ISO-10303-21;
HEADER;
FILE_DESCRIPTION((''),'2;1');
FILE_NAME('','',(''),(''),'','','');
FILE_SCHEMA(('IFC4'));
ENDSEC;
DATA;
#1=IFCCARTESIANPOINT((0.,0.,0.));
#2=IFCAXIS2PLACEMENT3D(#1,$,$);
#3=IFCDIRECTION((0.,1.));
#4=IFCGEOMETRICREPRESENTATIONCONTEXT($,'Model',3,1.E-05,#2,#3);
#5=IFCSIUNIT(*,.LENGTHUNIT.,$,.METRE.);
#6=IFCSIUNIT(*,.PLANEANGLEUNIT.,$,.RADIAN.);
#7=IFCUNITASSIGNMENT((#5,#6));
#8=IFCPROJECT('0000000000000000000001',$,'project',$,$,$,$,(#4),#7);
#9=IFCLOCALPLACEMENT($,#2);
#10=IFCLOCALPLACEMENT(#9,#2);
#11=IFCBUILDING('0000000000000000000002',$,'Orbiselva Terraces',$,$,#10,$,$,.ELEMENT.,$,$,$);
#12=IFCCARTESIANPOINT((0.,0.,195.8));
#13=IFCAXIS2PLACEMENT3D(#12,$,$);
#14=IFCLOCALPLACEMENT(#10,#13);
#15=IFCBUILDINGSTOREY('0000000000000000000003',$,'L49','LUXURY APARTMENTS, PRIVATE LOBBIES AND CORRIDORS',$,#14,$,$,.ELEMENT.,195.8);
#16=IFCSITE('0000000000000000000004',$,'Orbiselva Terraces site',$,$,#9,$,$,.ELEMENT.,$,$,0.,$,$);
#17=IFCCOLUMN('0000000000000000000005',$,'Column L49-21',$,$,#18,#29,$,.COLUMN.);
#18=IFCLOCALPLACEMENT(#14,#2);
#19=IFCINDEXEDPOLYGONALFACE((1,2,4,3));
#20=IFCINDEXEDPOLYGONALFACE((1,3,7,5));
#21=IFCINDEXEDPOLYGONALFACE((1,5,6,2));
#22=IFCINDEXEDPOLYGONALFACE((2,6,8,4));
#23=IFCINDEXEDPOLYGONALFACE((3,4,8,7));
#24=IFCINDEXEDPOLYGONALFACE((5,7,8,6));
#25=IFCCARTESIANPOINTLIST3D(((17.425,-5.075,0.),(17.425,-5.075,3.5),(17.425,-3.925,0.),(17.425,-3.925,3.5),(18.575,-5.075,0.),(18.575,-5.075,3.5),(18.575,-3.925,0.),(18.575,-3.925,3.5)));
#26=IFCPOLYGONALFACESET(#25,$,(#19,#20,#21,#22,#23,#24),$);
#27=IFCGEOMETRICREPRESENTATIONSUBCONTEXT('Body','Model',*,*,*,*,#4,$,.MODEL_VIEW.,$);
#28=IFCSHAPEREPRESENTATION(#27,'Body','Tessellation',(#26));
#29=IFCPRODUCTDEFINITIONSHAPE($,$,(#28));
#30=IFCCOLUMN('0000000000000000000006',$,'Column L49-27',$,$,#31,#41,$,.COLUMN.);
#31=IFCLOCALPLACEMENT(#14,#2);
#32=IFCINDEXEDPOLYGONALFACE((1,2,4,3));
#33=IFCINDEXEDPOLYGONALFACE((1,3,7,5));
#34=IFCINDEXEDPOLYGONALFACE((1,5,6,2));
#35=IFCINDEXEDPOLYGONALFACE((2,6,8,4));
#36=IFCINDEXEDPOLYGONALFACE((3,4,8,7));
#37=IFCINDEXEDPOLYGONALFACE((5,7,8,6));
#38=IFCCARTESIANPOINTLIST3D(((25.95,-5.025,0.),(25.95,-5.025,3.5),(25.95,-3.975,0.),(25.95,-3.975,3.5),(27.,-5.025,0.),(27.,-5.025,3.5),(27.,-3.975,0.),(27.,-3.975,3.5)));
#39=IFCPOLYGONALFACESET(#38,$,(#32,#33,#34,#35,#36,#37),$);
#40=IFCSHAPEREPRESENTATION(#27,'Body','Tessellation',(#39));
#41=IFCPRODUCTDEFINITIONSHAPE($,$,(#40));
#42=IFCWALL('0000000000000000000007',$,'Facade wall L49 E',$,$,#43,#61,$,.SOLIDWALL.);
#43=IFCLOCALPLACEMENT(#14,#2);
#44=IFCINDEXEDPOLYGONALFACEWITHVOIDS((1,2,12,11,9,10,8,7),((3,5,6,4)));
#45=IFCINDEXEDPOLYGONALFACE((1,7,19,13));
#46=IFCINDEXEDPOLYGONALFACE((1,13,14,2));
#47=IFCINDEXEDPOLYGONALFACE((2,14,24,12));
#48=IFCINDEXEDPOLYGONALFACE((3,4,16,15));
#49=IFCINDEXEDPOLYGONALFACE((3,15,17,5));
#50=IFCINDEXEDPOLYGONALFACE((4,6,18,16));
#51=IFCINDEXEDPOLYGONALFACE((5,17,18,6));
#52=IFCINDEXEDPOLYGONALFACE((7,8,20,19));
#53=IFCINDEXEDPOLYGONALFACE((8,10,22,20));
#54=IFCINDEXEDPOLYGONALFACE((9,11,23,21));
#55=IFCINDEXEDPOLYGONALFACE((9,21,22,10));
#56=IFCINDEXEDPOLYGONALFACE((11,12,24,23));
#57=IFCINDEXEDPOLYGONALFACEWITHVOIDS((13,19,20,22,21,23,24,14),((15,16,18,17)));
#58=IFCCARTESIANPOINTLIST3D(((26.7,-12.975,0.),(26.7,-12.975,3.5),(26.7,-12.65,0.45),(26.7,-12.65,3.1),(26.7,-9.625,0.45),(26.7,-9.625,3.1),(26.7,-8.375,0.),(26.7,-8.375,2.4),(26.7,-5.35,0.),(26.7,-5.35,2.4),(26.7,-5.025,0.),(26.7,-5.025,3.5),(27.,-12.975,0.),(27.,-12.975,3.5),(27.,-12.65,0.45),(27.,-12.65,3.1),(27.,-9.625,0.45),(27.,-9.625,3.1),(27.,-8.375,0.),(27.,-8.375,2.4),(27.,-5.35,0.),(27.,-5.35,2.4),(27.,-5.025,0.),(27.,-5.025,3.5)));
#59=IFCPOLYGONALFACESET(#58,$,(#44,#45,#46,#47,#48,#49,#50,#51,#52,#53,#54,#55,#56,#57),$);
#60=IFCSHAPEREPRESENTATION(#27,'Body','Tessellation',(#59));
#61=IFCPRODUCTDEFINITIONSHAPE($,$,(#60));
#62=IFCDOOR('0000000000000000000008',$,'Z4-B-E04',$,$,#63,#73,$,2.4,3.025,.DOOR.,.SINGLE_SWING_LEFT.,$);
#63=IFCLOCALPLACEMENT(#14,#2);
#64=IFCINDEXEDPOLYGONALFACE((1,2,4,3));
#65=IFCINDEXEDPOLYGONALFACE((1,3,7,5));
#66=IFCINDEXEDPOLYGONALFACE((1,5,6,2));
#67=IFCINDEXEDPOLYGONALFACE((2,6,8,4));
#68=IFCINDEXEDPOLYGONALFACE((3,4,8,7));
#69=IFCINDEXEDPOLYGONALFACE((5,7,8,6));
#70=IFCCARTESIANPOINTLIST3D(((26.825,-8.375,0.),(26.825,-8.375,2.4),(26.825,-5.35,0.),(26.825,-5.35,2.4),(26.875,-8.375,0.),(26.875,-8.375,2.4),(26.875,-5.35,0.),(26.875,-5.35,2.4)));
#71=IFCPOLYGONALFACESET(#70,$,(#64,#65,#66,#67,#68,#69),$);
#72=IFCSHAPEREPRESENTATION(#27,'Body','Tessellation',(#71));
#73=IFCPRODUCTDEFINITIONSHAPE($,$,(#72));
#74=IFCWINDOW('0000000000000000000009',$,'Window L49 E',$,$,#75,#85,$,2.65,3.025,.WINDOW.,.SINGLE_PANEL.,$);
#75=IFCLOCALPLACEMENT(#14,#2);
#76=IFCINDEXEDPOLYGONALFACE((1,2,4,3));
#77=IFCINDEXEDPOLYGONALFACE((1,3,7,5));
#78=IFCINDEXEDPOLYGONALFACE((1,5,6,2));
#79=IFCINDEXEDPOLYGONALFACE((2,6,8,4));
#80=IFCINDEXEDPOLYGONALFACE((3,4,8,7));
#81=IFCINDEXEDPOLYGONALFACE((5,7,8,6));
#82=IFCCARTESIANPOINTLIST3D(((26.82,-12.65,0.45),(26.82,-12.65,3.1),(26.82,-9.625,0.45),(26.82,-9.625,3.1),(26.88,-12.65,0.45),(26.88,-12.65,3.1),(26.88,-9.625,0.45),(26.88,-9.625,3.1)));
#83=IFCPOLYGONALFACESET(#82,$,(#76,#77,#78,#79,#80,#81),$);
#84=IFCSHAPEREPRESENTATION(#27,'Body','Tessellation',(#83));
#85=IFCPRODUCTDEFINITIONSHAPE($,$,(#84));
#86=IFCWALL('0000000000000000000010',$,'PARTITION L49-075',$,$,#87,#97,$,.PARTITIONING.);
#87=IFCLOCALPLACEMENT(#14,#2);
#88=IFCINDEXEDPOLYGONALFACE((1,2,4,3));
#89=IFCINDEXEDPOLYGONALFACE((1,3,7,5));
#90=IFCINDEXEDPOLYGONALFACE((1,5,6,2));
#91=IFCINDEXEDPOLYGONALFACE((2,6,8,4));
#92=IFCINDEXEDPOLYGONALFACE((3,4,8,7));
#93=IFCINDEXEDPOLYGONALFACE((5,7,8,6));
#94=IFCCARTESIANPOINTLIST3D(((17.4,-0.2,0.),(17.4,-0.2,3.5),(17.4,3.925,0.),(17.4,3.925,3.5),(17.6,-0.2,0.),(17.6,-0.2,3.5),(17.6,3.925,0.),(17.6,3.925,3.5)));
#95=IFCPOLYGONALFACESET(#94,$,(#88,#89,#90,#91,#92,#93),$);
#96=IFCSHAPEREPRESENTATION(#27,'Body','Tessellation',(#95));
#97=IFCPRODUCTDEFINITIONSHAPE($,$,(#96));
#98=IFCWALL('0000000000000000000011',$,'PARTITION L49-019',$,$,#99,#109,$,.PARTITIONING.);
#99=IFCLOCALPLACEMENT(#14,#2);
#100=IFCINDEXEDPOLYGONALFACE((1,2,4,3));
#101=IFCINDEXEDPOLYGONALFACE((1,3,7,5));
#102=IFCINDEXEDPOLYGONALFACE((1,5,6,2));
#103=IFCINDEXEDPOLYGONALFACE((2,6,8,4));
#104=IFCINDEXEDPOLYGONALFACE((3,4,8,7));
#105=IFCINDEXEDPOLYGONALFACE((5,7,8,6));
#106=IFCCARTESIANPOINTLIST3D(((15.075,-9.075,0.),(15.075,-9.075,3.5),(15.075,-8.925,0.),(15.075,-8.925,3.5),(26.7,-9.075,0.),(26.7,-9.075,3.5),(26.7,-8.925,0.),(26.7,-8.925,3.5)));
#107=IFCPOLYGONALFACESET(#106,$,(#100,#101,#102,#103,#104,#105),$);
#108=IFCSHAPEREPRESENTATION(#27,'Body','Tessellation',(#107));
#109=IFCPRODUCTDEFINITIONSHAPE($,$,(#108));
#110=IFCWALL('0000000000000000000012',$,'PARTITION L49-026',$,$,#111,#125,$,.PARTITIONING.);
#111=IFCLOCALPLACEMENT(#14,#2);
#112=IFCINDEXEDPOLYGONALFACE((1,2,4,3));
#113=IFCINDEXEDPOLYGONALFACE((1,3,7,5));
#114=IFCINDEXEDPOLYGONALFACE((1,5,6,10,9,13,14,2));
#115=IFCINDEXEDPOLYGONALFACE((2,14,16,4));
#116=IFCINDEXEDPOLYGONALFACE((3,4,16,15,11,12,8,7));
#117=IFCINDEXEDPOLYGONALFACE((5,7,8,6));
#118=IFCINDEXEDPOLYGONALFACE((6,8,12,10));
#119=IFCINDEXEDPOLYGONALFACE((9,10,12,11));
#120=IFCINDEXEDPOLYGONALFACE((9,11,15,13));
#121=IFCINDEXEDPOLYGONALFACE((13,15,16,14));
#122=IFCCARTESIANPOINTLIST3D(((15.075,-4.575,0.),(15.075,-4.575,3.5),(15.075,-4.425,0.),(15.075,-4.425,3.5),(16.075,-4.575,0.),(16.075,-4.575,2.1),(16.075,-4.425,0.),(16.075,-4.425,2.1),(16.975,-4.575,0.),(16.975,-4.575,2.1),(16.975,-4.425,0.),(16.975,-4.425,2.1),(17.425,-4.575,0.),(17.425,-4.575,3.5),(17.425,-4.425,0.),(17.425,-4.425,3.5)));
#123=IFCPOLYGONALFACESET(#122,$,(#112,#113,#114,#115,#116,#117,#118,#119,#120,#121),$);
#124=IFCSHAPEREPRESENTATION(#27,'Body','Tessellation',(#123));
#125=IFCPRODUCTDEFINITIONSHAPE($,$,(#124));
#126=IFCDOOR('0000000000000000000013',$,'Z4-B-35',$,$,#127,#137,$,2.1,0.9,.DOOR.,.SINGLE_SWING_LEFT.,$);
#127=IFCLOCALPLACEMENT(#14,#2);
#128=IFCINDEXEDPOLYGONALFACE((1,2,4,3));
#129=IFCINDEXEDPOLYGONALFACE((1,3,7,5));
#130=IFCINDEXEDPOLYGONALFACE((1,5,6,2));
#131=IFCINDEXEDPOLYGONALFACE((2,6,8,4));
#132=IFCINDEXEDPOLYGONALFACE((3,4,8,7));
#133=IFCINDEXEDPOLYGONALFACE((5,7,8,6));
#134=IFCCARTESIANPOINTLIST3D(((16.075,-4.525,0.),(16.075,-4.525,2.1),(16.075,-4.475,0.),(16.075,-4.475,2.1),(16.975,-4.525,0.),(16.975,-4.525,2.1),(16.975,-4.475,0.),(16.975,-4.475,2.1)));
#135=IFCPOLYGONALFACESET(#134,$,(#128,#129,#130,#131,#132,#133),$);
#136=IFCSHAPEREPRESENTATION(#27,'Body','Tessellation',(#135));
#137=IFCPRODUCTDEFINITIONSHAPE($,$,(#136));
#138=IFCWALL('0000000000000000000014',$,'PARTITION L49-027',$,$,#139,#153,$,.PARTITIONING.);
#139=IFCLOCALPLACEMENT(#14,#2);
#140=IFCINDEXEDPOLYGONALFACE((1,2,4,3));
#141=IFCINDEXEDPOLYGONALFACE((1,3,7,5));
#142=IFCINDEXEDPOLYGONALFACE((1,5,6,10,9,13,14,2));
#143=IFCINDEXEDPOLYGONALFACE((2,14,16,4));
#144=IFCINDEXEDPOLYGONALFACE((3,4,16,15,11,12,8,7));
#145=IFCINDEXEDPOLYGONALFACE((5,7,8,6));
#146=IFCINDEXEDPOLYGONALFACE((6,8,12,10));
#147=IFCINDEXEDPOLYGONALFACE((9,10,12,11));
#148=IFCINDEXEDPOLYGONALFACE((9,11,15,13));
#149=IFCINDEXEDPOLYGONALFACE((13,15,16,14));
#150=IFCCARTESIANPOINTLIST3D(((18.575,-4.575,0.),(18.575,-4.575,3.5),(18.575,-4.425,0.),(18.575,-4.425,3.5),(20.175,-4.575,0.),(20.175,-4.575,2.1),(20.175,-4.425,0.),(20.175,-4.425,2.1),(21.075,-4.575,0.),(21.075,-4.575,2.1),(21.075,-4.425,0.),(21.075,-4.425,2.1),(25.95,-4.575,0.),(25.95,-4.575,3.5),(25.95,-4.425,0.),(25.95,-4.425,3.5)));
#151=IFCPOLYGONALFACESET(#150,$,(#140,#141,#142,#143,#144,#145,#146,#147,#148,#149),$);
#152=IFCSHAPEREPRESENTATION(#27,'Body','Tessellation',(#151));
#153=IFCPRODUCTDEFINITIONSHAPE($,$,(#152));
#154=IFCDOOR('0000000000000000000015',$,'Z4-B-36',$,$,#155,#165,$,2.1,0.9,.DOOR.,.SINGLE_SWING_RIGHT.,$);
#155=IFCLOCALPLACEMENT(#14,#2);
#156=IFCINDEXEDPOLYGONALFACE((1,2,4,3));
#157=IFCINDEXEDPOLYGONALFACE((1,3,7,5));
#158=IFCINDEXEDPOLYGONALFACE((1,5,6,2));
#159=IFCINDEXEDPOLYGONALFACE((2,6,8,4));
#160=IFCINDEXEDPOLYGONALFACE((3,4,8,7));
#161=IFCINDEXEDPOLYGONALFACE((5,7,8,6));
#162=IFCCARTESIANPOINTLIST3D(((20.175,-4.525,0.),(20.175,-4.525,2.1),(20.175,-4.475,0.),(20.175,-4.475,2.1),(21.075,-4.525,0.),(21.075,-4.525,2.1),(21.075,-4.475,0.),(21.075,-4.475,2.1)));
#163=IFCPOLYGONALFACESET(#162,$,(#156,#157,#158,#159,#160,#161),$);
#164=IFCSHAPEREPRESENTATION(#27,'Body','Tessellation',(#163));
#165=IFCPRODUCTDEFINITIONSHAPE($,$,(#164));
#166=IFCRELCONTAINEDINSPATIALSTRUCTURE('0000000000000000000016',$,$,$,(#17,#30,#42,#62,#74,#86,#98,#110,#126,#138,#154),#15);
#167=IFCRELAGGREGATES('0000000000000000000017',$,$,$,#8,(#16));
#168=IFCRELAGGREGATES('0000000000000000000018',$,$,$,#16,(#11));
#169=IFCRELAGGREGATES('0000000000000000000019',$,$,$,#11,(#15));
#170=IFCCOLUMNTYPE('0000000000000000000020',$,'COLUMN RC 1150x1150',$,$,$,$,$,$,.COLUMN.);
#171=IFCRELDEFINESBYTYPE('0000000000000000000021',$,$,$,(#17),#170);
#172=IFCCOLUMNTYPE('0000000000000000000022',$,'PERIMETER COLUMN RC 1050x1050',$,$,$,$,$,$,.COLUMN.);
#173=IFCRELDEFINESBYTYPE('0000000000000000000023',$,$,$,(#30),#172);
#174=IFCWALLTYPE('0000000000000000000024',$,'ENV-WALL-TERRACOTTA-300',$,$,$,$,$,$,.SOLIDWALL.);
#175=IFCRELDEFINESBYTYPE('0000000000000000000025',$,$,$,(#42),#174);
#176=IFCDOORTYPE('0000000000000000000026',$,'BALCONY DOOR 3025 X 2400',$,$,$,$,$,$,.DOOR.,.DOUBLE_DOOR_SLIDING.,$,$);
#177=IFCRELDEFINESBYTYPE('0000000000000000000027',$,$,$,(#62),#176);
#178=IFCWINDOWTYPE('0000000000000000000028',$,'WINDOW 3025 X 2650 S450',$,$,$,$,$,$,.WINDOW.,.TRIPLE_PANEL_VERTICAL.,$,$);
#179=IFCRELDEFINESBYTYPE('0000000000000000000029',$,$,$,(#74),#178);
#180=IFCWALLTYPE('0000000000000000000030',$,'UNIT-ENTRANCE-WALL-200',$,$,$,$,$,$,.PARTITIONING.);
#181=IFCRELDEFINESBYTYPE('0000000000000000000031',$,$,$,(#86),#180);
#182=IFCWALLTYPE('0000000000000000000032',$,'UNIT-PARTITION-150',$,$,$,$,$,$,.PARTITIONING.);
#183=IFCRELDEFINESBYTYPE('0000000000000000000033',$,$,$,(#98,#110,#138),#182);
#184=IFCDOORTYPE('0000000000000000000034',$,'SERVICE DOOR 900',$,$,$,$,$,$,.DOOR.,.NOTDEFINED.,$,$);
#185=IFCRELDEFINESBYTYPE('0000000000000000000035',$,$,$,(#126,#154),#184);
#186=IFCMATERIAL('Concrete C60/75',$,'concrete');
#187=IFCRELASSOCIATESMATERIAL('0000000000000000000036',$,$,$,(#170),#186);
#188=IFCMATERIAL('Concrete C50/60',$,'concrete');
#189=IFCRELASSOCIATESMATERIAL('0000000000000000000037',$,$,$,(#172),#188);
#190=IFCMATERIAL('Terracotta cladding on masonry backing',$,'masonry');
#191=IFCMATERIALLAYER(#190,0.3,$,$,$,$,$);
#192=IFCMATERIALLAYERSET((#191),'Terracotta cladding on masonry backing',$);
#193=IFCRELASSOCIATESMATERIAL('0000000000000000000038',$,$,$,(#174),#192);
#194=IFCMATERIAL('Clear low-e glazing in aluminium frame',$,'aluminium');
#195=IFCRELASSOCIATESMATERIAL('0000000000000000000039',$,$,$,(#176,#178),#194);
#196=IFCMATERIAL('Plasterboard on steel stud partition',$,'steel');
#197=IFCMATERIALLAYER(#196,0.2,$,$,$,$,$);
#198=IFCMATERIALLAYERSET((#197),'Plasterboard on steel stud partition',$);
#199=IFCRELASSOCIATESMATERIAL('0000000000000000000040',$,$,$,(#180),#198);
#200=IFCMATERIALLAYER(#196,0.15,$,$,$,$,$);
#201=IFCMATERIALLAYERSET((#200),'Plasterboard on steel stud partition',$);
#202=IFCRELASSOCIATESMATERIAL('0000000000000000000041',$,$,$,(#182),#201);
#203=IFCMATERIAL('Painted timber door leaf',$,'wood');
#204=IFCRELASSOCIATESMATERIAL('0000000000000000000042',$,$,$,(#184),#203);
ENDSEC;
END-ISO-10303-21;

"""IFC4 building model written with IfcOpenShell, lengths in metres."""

from ifc_helpers import new_model, si_unit, direction, frame, frame_2d, origin, origin_2d, place, context, subcontext, project, spatial, rectangle, extrude, material, layer, layer_set, material_profile, profile_set, type_object, element, fill, save


model = new_model("IFC4")

# Units and contexts
model_context = context("Model", 3, precision=1e-05, world=origin(), true_north=direction((0.0, 1.0)))
body_context = subcontext(model_context, "Body", "Model", "MODEL_VIEW")
ifc_project = project(units=[si_unit("LENGTHUNIT", "METRE"), si_unit("PLANEANGLEUNIT", "RADIAN")], contexts=[model_context])

# Site, building, storey
site_placement = place(None, origin())
site = spatial("IfcSite", under=ifc_project, at=site_placement, Name="Orbiselva Terraces site", CompositionType="ELEMENT", RefElevation=0.0)
building_placement = place(site_placement, origin())
building = spatial("IfcBuilding", under=site, at=building_placement, Name="Orbiselva Terraces", CompositionType="ELEMENT")
storey_placement = place(building_placement, frame((0.0, 0.0, 195.8)))
storey = spatial("IfcBuildingStorey", under=building, at=storey_placement, Name="L49", Description="LUXURY APARTMENTS, PRIVATE LOBBIES AND CORRIDORS", CompositionType="ELEMENT", Elevation=195.8)

# Columns
ifc_material_1 = material(Name="Concrete C60/75", Category="concrete")
ifc_material_profile_1 = material_profile(ifc_material_1, rectangle(XDim=1.15, YDim=1.15, at=origin_2d()), Name="RC 1150x1150")
ifc_profile_set_1 = profile_set([ifc_material_profile_1], Name="Concrete C60/75")
column_type_1 = type_object("IfcColumnType", Name="COLUMN RC 1150x1150", PredefinedType="COLUMN", material=ifc_profile_set_1)
column_1_placement = place(storey_placement, frame((18.0, -4.5, 0.0), z_axis=(0.0, 0.0, 1.0), x_axis=(1.0, 0.0, 0.0)))
element("IfcColumn", 1, at=column_1_placement, inside=storey, type_object=column_type_1, Name="Column L49-21", PredefinedType="COLUMN", context=body_context, shape_type="SweptSolid", body=[
    extrude(rectangle(XDim=1.15, YDim=1.15, at=origin_2d()), origin(), (0.0, 0.0, 1.0), 3.5),
])
ifc_material_2 = material(Name="Concrete C50/60", Category="concrete")
ifc_material_profile_2 = material_profile(ifc_material_2, rectangle(XDim=1.05, YDim=1.05, at=origin_2d()), Name="RC 1050x1050")
ifc_profile_set_2 = profile_set([ifc_material_profile_2], Name="Concrete C50/60")
column_type_2 = type_object("IfcColumnType", Name="PERIMETER COLUMN RC 1050x1050", PredefinedType="COLUMN", material=ifc_profile_set_2)
column_2_placement = place(storey_placement, frame((26.475, -4.5, 0.0), z_axis=(0.0, 0.0, 1.0), x_axis=(1.0, 0.0, 0.0)))
element("IfcColumn", 2, at=column_2_placement, inside=storey, type_object=column_type_2, Name="Column L49-27", PredefinedType="COLUMN", context=body_context, shape_type="SweptSolid", body=[
    extrude(rectangle(XDim=1.05, YDim=1.05, at=origin_2d()), origin(), (0.0, 0.0, 1.0), 3.5),
])

# Wall, openings, door, window
ifc_material_3 = material(Name="Terracotta cladding on masonry backing", Category="masonry")
ifc_layer_1 = layer(ifc_material_3, 0.3)
ifc_layer_set_1 = layer_set([ifc_layer_1], Name="Terracotta cladding on masonry backing")
wall_type_1 = type_object("IfcWallType", Name="ENV-WALL-TERRACOTTA-300", PredefinedType="SOLIDWALL", material=ifc_layer_set_1)
wall_1_placement = place(storey_placement, frame((26.85, -5.025, 0.0), z_axis=(0.0, 0.0, 1.0), x_axis=(0.0, -1.0, 0.0)))
wall_1 = element("IfcWall", 3, at=wall_1_placement, inside=storey, type_object=wall_type_1, Name="Facade wall L49 E", PredefinedType="SOLIDWALL", context=body_context, shape_type="SweptSolid", body=[
    extrude(rectangle(XDim=7.95, YDim=0.3, at=frame_2d((3.975, 0.0))), origin(), (0.0, 0.0, 1.0), 3.5),
])
opening_1_placement = place(wall_1_placement, frame((4.6, 0.0, 0.45)))
opening_1 = element("IfcOpeningElement", 4, at=opening_1_placement, cuts=wall_1, PredefinedType="OPENING", context=body_context, shape_type="SweptSolid", body=[
    extrude(rectangle(XDim=3.025, YDim=2.65, at=frame_2d((1.5125, 1.325))), frame((0.0, 0.16, 0.0), z_axis=(0.0, -1.0, 0.0), x_axis=(1.0, 0.0, 0.0)), (0.0, 0.0, 1.0), 0.32),
])
opening_2_placement = place(wall_1_placement, frame((0.325, 0.0, 0.0)))
opening_2 = element("IfcOpeningElement", 5, at=opening_2_placement, cuts=wall_1, PredefinedType="OPENING", context=body_context, shape_type="SweptSolid", body=[
    extrude(rectangle(XDim=3.025, YDim=2.4, at=frame_2d((1.5125, 1.2))), frame((0.0, 0.16, 0.0), z_axis=(0.0, -1.0, 0.0), x_axis=(1.0, 0.0, 0.0)), (0.0, 0.0, 1.0), 0.32),
])
ifc_material_4 = material(Name="Clear low-e glazing in aluminium frame", Category="aluminium")
door_type_1 = type_object("IfcDoorType", Name="BALCONY DOOR 3025 X 2400", OperationType="DOUBLE_DOOR_SLIDING", PredefinedType="DOOR", material=ifc_material_4)
door_1_placement = place(opening_2_placement, origin())
door_1 = element("IfcDoor", 6, at=door_1_placement, inside=storey, type_object=door_type_1, Name="Z4-B-E04", OperationType="SINGLE_SWING_LEFT", OverallHeight=2.4, OverallWidth=3.025, PredefinedType="DOOR", context=body_context, shape_type="SweptSolid", body=[
    extrude(rectangle(XDim=3.025, YDim=2.4, at=frame_2d((1.5125, 1.2))), frame((0.0, 0.025, 0.0), z_axis=(0.0, -1.0, 0.0), x_axis=(1.0, 0.0, 0.0)), (0.0, 0.0, 1.0), 0.05),
])
fill(opening_2, door_1)
window_type = type_object("IfcWindowType", Name="WINDOW 3025 X 2650 S450", PartitioningType="TRIPLE_PANEL_VERTICAL", PredefinedType="WINDOW", material=ifc_material_4)
window_placement = place(opening_1_placement, origin())
window = element("IfcWindow", 7, at=window_placement, inside=storey, type_object=window_type, Name="Window L49 E", OverallHeight=2.65, OverallWidth=3.025, PartitioningType="SINGLE_PANEL", PredefinedType="WINDOW", context=body_context, shape_type="SweptSolid", body=[
    extrude(rectangle(XDim=3.025, YDim=2.65, at=frame_2d((1.5125, 1.325))), frame((0.0, 0.03, 0.0), z_axis=(0.0, -1.0, 0.0), x_axis=(1.0, 0.0, 0.0)), (0.0, 0.0, 1.0), 0.06),
])
fill(opening_1, window)

# Walls
ifc_material_5 = material(Name="Plasterboard on steel stud partition", Category="steel")
ifc_layer_2 = layer(ifc_material_5, 0.2)
ifc_layer_set_2 = layer_set([ifc_layer_2], Name="Plasterboard on steel stud partition")
wall_type_2 = type_object("IfcWallType", Name="UNIT-ENTRANCE-WALL-200", PredefinedType="PARTITIONING", material=ifc_layer_set_2)
wall_2_placement = place(storey_placement, frame((17.5, -0.2, 0.0), z_axis=(0.0, 0.0, 1.0), x_axis=(0.0, 1.0, 0.0)))
element("IfcWall", 8, at=wall_2_placement, inside=storey, type_object=wall_type_2, Name="PARTITION L49-075", PredefinedType="PARTITIONING", context=body_context, shape_type="SweptSolid", body=[
    extrude(rectangle(XDim=4.125, YDim=0.2, at=frame_2d((2.0625, 0.0))), origin(), (0.0, 0.0, 1.0), 3.5),
])
ifc_layer_3 = layer(ifc_material_5, 0.15)
ifc_layer_set_3 = layer_set([ifc_layer_3], Name="Plasterboard on steel stud partition")
wall_type_3 = type_object("IfcWallType", Name="UNIT-PARTITION-150", PredefinedType="PARTITIONING", material=ifc_layer_set_3)
wall_3_placement = place(storey_placement, frame((15.075, -9.0, 0.0), z_axis=(0.0, 0.0, 1.0), x_axis=(1.0, 0.0, 0.0)))
element("IfcWall", 9, at=wall_3_placement, inside=storey, type_object=wall_type_3, Name="PARTITION L49-019", PredefinedType="PARTITIONING", context=body_context, shape_type="SweptSolid", body=[
    extrude(rectangle(XDim=11.625, YDim=0.15, at=frame_2d((5.8125, 0.0))), origin(), (0.0, 0.0, 1.0), 3.5),
])

# Walls, openings, doors
wall_4_placement = place(storey_placement, frame((17.425, -4.5, 0.0), z_axis=(0.0, 0.0, 1.0), x_axis=(-1.0, 0.0, 0.0)))
wall_4 = element("IfcWall", 10, at=wall_4_placement, inside=storey, type_object=wall_type_3, Name="PARTITION L49-026", PredefinedType="PARTITIONING", context=body_context, shape_type="SweptSolid", body=[
    extrude(rectangle(XDim=2.35, YDim=0.15, at=frame_2d((1.175, 0.0))), origin(), (0.0, 0.0, 1.0), 3.5),
])
opening_3_placement = place(wall_4_placement, frame((0.45, 0.0, 0.0)))
opening_3 = element("IfcOpeningElement", 11, at=opening_3_placement, cuts=wall_4, PredefinedType="OPENING", context=body_context, shape_type="SweptSolid", body=[
    extrude(rectangle(XDim=0.9, YDim=2.1, at=frame_2d((0.45, 1.05))), frame((0.0, 0.085, 0.0), z_axis=(0.0, -1.0, 0.0), x_axis=(1.0, 0.0, 0.0)), (0.0, 0.0, 1.0), 0.17),
])
ifc_material_6 = material(Name="Painted timber door leaf", Category="wood")
door_type_2 = type_object("IfcDoorType", Name="SERVICE DOOR 900", OperationType="NOTDEFINED", PredefinedType="DOOR", material=ifc_material_6)
door_2_placement = place(opening_3_placement, origin())
door_2 = element("IfcDoor", 12, at=door_2_placement, inside=storey, type_object=door_type_2, Name="Z4-B-35", OperationType="SINGLE_SWING_LEFT", OverallHeight=2.1, OverallWidth=0.9, PredefinedType="DOOR", context=body_context, shape_type="SweptSolid", body=[
    extrude(rectangle(XDim=0.9, YDim=2.1, at=frame_2d((0.45, 1.05))), frame((0.0, 0.025, 0.0), z_axis=(0.0, -1.0, 0.0), x_axis=(1.0, 0.0, 0.0)), (0.0, 0.0, 1.0), 0.05),
])
fill(opening_3, door_2)
wall_5_placement = place(storey_placement, frame((25.95, -4.5, 0.0), z_axis=(0.0, 0.0, 1.0), x_axis=(-1.0, 0.0, 0.0)))
wall_5 = element("IfcWall", 13, at=wall_5_placement, inside=storey, type_object=wall_type_3, Name="PARTITION L49-027", PredefinedType="PARTITIONING", context=body_context, shape_type="SweptSolid", body=[
    extrude(rectangle(XDim=7.375, YDim=0.15, at=frame_2d((3.6875, 0.0))), origin(), (0.0, 0.0, 1.0), 3.5),
])
opening_4_placement = place(wall_5_placement, frame((4.875, 0.0, 0.0)))
opening_4 = element("IfcOpeningElement", 14, at=opening_4_placement, cuts=wall_5, PredefinedType="OPENING", context=body_context, shape_type="SweptSolid", body=[
    extrude(rectangle(XDim=0.9, YDim=2.1, at=frame_2d((0.45, 1.05))), frame((0.0, 0.085, 0.0), z_axis=(0.0, -1.0, 0.0), x_axis=(1.0, 0.0, 0.0)), (0.0, 0.0, 1.0), 0.17),
])
door_3_placement = place(opening_4_placement, origin())
door_3 = element("IfcDoor", 15, at=door_3_placement, inside=storey, type_object=door_type_2, Name="Z4-B-36", OperationType="SINGLE_SWING_RIGHT", OverallHeight=2.1, OverallWidth=0.9, PredefinedType="DOOR", context=body_context, shape_type="SweptSolid", body=[
    extrude(rectangle(XDim=0.9, YDim=2.1, at=frame_2d((0.45, 1.05))), frame((0.0, 0.025, 0.0), z_axis=(0.0, -1.0, 0.0), x_axis=(1.0, 0.0, 0.0)), (0.0, 0.0, 1.0), 0.05),
])
fill(opening_4, door_3)

save(model, "model.ifc")
